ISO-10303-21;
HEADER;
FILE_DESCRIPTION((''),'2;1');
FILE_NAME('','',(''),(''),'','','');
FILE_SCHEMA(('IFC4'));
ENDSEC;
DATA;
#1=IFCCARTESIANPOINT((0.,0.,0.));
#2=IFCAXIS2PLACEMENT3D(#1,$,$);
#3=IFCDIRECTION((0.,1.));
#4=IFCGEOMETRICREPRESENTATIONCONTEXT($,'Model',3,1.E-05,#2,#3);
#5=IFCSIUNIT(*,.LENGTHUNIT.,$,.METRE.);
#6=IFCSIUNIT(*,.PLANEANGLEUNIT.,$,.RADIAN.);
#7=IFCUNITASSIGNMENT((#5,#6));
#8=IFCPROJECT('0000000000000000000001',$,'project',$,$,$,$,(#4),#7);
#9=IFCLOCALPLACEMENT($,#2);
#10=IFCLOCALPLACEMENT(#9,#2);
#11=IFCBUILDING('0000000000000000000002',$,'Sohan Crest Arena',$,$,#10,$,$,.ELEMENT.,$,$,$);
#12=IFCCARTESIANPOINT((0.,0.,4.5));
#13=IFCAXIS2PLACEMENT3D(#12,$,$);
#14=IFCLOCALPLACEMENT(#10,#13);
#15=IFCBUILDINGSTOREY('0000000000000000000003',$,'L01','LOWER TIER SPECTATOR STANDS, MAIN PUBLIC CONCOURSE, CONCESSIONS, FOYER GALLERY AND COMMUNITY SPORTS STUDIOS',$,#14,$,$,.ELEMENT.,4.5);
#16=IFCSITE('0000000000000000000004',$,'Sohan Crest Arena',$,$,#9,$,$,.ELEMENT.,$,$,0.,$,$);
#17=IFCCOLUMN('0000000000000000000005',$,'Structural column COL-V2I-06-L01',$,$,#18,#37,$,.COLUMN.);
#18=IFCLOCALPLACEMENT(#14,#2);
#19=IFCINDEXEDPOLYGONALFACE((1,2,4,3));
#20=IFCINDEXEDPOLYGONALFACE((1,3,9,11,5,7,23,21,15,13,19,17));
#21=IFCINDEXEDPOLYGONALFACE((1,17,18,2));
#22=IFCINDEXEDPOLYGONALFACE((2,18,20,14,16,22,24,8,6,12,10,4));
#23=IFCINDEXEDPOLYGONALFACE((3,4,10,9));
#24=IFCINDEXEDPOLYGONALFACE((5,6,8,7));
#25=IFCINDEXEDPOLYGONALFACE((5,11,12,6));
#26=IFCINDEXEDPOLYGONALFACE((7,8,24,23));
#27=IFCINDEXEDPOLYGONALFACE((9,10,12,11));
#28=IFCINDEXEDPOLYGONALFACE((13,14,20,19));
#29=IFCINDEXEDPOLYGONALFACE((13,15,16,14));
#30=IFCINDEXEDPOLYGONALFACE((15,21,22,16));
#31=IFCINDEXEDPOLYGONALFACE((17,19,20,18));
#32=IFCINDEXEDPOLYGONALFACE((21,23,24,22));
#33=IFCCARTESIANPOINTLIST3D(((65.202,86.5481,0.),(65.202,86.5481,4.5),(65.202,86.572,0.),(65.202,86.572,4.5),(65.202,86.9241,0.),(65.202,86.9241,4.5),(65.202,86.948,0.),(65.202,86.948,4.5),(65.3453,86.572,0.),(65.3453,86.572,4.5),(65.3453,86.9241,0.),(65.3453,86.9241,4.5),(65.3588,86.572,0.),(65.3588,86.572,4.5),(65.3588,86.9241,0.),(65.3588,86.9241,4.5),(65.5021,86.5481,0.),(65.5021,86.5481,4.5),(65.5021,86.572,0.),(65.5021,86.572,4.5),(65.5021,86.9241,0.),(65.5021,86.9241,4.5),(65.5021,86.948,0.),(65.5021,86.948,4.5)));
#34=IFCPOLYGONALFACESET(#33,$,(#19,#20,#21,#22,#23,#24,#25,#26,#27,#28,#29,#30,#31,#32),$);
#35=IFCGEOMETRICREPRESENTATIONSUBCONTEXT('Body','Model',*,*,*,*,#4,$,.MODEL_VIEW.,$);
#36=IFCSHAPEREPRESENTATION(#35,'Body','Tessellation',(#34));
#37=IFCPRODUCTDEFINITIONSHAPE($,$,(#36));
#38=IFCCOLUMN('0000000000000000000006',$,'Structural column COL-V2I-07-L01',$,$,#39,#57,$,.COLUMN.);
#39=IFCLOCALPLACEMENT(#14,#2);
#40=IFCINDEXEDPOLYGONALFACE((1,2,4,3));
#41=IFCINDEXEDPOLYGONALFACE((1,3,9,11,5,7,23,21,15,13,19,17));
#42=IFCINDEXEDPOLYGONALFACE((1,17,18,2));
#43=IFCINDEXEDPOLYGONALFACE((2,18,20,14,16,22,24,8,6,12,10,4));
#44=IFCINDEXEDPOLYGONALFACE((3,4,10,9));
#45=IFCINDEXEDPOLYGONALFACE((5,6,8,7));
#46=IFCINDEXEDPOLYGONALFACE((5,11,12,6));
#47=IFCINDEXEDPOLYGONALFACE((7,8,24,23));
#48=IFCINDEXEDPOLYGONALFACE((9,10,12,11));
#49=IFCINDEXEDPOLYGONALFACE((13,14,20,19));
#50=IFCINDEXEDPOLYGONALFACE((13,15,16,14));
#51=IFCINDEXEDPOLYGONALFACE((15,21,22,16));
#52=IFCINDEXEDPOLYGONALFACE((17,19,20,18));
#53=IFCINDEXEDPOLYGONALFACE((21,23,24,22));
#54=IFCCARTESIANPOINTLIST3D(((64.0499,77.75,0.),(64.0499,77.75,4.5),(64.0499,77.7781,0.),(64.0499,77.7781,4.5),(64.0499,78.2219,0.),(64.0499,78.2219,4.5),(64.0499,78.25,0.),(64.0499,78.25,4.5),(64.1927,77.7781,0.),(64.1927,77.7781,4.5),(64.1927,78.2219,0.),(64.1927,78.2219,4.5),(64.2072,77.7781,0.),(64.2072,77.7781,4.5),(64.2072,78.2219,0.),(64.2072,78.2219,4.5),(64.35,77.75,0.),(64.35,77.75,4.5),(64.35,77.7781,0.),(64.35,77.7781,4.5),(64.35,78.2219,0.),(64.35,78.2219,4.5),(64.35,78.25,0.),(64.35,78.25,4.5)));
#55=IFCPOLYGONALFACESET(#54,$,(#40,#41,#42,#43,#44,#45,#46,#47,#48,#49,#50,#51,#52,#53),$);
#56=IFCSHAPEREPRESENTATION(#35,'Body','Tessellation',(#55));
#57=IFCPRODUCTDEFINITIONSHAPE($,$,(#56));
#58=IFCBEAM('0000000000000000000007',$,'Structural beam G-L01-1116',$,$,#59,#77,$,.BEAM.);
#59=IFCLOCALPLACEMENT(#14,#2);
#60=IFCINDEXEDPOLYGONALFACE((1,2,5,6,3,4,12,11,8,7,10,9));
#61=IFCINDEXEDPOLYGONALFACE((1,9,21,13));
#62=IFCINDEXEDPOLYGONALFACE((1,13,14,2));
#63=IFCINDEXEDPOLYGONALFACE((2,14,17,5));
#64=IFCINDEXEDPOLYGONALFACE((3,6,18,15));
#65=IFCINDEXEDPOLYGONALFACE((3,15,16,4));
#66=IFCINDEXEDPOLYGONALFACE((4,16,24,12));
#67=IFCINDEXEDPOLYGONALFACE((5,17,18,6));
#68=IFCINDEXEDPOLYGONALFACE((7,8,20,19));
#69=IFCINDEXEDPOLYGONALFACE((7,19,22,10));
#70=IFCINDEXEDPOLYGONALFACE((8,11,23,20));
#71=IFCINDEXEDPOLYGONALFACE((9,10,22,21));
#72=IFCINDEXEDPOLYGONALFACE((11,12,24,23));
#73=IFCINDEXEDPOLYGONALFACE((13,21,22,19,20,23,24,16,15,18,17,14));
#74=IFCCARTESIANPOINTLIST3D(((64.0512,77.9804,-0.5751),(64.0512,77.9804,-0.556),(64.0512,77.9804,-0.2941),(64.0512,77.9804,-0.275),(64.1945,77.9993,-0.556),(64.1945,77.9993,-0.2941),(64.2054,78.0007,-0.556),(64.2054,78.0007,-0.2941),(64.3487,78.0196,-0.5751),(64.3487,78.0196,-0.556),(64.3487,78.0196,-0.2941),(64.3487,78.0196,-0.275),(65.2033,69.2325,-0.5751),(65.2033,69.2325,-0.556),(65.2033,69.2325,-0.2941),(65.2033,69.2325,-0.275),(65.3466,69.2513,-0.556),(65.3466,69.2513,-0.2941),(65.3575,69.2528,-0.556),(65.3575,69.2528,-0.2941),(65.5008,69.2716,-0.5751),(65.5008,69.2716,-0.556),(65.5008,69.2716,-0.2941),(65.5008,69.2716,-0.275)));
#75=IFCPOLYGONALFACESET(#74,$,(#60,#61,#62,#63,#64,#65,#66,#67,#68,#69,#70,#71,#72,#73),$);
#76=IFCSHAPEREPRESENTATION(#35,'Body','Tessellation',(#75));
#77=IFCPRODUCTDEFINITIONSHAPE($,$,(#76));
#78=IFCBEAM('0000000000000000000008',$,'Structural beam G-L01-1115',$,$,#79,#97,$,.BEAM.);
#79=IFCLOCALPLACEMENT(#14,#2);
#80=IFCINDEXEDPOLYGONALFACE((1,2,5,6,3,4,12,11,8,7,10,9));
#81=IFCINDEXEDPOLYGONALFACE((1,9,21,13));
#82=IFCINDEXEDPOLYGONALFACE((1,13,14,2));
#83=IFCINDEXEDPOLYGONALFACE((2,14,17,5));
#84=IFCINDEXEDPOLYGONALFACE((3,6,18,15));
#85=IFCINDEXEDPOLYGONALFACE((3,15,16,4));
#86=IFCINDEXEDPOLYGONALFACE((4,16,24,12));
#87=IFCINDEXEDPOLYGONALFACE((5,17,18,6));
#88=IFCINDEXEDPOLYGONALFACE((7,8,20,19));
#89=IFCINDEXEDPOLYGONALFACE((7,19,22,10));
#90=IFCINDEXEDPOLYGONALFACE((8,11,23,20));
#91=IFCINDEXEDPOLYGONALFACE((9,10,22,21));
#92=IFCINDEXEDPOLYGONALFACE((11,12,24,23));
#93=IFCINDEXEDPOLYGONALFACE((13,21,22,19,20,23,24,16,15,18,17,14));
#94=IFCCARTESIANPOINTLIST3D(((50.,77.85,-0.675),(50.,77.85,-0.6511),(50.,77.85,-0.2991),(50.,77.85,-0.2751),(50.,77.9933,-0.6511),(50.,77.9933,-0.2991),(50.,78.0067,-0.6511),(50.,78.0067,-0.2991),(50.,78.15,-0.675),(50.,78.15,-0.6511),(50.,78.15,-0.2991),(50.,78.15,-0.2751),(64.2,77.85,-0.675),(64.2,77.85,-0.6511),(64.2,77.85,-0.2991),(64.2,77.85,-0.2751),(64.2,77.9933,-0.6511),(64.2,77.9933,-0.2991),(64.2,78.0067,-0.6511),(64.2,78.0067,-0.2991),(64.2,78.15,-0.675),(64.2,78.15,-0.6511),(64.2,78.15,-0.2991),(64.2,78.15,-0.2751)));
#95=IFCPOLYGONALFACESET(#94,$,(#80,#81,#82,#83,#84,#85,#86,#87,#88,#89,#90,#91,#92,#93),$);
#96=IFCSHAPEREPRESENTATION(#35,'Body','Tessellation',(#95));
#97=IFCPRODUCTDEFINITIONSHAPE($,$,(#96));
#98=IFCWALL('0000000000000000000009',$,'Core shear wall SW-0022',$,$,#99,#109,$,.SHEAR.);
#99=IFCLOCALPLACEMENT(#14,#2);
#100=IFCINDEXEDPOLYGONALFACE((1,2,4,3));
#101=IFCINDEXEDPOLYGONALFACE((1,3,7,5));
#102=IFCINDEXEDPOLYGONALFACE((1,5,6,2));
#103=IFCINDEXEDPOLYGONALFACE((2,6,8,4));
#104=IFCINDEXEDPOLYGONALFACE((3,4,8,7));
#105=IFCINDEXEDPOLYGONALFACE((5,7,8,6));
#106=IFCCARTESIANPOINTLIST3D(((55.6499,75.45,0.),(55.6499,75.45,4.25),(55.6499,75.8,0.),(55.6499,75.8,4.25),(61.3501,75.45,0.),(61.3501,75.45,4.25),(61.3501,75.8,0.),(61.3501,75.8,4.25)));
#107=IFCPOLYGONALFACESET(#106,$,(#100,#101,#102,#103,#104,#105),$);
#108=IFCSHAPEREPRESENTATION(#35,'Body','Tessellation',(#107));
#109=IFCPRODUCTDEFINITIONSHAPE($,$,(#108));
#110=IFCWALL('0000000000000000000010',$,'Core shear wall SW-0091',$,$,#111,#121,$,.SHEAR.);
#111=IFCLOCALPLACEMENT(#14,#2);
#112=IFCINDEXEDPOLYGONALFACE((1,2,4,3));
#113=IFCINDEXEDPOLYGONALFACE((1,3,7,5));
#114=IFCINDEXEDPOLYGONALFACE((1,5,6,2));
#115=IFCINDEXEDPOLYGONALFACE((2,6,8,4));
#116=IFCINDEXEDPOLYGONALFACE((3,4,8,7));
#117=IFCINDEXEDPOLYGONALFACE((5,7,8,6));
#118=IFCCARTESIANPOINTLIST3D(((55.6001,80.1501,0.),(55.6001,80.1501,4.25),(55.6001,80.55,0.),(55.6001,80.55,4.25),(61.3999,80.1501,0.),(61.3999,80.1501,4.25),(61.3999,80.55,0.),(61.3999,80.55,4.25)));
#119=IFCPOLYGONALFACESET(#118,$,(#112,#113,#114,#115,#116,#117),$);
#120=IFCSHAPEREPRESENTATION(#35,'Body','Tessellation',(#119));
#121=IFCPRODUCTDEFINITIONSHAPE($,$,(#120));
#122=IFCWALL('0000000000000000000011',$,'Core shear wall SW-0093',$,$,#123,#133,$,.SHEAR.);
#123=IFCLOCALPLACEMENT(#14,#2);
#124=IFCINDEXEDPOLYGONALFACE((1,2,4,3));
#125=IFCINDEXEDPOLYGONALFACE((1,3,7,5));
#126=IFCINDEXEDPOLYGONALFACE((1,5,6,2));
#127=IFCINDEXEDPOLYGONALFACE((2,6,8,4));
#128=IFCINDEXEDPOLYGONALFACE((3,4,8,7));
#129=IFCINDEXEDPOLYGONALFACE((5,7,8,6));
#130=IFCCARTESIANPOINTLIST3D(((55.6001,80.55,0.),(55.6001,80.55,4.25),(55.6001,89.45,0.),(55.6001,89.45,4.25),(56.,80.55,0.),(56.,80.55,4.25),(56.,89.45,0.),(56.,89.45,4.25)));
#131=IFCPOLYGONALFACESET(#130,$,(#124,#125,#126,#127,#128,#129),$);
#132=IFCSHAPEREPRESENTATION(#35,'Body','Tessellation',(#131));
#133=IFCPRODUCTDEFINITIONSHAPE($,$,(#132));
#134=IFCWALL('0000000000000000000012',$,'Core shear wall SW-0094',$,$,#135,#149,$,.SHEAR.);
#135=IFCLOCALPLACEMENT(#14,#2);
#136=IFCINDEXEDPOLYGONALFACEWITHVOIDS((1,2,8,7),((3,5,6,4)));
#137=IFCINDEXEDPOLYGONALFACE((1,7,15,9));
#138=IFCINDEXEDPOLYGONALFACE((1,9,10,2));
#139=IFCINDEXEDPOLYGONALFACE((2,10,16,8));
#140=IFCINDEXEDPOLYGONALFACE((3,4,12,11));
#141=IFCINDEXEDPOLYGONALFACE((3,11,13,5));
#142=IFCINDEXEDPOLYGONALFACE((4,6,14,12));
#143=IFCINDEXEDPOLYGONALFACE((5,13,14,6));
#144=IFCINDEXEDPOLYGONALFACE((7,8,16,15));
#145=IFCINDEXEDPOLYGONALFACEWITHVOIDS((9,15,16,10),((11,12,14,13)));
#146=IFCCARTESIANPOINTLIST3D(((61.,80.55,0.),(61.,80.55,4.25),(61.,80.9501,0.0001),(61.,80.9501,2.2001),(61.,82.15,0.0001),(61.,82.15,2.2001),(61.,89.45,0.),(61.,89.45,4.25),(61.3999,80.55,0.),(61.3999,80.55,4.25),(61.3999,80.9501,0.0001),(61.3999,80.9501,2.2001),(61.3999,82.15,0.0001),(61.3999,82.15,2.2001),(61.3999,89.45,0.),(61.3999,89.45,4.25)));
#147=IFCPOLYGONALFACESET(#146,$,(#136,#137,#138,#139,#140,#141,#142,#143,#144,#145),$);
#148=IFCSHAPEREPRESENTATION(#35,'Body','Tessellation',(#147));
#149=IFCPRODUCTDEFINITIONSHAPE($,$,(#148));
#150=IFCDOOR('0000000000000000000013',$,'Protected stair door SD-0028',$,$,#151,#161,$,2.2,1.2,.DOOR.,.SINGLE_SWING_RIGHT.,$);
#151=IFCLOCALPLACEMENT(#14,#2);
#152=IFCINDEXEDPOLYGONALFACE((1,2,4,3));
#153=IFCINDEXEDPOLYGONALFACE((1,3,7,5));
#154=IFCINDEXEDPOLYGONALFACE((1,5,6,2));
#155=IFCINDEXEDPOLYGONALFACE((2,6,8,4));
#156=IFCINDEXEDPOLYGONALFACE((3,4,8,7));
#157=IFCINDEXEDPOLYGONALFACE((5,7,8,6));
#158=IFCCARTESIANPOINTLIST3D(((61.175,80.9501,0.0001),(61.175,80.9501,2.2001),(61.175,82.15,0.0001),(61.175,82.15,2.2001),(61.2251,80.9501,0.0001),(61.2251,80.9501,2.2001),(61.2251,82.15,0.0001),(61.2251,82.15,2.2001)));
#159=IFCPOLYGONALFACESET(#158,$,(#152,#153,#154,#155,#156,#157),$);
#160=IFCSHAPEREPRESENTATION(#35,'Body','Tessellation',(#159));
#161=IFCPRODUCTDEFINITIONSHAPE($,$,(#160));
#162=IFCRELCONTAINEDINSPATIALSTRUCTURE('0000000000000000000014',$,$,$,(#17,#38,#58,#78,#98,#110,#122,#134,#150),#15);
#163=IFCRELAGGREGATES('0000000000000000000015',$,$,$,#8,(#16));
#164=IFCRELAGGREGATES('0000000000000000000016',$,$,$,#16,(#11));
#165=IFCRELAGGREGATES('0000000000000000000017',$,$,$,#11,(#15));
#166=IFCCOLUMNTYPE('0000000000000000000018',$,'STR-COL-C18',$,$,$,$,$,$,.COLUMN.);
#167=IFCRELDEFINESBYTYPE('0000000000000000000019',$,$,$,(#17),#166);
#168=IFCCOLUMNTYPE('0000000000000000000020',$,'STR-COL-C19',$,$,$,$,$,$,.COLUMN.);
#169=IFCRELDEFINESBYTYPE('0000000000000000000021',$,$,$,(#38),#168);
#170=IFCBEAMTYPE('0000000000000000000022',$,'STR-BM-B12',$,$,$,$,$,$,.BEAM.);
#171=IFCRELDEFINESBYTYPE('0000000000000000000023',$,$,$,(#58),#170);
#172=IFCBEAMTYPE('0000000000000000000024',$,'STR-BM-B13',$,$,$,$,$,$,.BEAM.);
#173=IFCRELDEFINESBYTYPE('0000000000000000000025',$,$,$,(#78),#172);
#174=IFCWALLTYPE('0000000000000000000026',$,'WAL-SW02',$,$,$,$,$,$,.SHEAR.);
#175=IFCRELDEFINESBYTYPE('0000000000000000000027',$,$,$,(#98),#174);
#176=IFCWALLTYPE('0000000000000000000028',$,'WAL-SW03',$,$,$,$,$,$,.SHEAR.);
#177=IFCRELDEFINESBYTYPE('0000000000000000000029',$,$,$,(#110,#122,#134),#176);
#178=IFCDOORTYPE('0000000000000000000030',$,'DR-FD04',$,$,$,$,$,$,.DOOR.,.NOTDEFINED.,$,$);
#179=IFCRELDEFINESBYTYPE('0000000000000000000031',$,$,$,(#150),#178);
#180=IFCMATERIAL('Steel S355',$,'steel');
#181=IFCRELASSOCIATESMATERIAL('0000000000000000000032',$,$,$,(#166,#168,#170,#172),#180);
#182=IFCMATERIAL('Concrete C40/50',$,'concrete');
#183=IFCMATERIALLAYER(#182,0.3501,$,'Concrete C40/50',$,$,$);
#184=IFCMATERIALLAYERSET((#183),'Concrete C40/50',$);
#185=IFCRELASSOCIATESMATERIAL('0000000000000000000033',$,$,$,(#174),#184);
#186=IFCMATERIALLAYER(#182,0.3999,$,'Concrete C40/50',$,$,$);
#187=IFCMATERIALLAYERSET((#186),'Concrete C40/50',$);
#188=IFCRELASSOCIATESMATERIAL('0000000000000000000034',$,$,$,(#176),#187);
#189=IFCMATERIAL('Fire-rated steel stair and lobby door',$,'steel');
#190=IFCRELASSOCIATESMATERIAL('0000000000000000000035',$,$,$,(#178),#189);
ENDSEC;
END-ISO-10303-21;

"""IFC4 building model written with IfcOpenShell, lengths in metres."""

from ifc_helpers import new_model, si_unit, direction, frame, frame_2d, origin, origin_2d, place, context, subcontext, project, spatial, rectangle, i_section, extrude, material, layer, layer_set, material_profile, profile_set, type_object, element, fill, save


model = new_model("IFC4")

# Units and contexts
model_context = context("Model", 3, precision=1e-05, world=origin(), true_north=direction((0.0, 1.0)))
body_context = subcontext(model_context, "Body", "Model", "MODEL_VIEW")
ifc_project = project(units=[si_unit("LENGTHUNIT", "METRE"), si_unit("PLANEANGLEUNIT", "RADIAN")], contexts=[model_context])

# Site, building, storey
site_placement = place(None, origin())
site = spatial("IfcSite", under=ifc_project, at=site_placement, Name="Sohan Crest Arena", CompositionType="ELEMENT", RefElevation=0.0)
building_placement = place(site_placement, origin())
building = spatial("IfcBuilding", under=site, at=building_placement, Name="Sohan Crest Arena", CompositionType="ELEMENT")
storey_placement = place(building_placement, frame((0.0, 0.0, 4.5)))
storey = spatial("IfcBuildingStorey", under=building, at=storey_placement, Name="L01", Description="LOWER TIER SPECTATOR STANDS, MAIN PUBLIC CONCOURSE, CONCESSIONS, FOYER GALLERY AND COMMUNITY SPORTS STUDIOS", CompositionType="ELEMENT", Elevation=4.5)

# Columns
ifc_material_1 = material(Name="Steel S355", Category="steel")
ifc_material_profile_1 = material_profile(ifc_material_1, i_section(OverallWidth=0.3, OverallDepth=0.3999, WebThickness=0.0134, FlangeThickness=0.0239, at=origin_2d()), Name="HEB 400")
ifc_profile_set_1 = profile_set([ifc_material_profile_1], Name="Steel S355")
column_type_1 = type_object("IfcColumnType", Name="STR-COL-C18", PredefinedType="COLUMN", material=ifc_profile_set_1)
column_1_placement = place(storey_placement, frame((65.3521, 86.748, 0.0), z_axis=(0.0, 0.0, 1.0), x_axis=(1.0, 0.0, 0.0)))
element("IfcColumn", 1, at=column_1_placement, inside=storey, type_object=column_type_1, Name="Structural column COL-V2I-06-L01", PredefinedType="COLUMN", context=body_context, shape_type="SweptSolid", body=[
    extrude(i_section(OverallWidth=0.3, OverallDepth=0.3999, WebThickness=0.0134, FlangeThickness=0.0239, at=origin_2d()), origin(), (0.0, 0.0, 1.0), 4.5),
])
ifc_material_profile_2 = material_profile(ifc_material_1, i_section(OverallWidth=0.3, OverallDepth=0.5, WebThickness=0.0144, FlangeThickness=0.0281, at=origin_2d()), Name="HEB 500")
ifc_profile_set_2 = profile_set([ifc_material_profile_2], Name="Steel S355")
column_type_2 = type_object("IfcColumnType", Name="STR-COL-C19", PredefinedType="COLUMN", material=ifc_profile_set_2)
column_2_placement = place(storey_placement, frame((64.2, 78.0, 0.0), z_axis=(0.0, 0.0, 1.0), x_axis=(1.0, 0.0, 0.0)))
element("IfcColumn", 2, at=column_2_placement, inside=storey, type_object=column_type_2, Name="Structural column COL-V2I-07-L01", PredefinedType="COLUMN", context=body_context, shape_type="SweptSolid", body=[
    extrude(i_section(OverallWidth=0.3, OverallDepth=0.5, WebThickness=0.0144, FlangeThickness=0.0281, at=origin_2d()), origin(), (0.0, 0.0, 1.0), 4.5),
])

# Beams
ifc_material_profile_3 = material_profile(ifc_material_1, i_section(OverallWidth=0.3, OverallDepth=0.3, WebThickness=0.011, FlangeThickness=0.019, at=origin_2d()), Name="HEB 300")
ifc_profile_set_3 = profile_set([ifc_material_profile_3], Name="Steel S355")
beam_type_1 = type_object("IfcBeamType", Name="STR-BM-B12", PredefinedType="BEAM", material=ifc_profile_set_3)
beam_1_placement = place(storey_placement, frame((64.2, 78.0, -0.425), z_axis=(0.13057, -0.991439, 0.0), x_axis=(0.991439, 0.13057, 0.0)))
element("IfcBeam", 3, at=beam_1_placement, inside=storey, type_object=beam_type_1, Name="Structural beam G-L01-1116", PredefinedType="BEAM", context=body_context, shape_type="SweptSolid", body=[
    extrude(i_section(OverallWidth=0.3, OverallDepth=0.3, WebThickness=0.011, FlangeThickness=0.019, at=origin_2d()), origin(), (0.0, 0.0, 1.0), 8.8235),
])
ifc_material_profile_4 = material_profile(ifc_material_1, i_section(OverallWidth=0.3, OverallDepth=0.3999, WebThickness=0.0134, FlangeThickness=0.0239, at=origin_2d()), Name="HEB 400")
ifc_profile_set_4 = profile_set([ifc_material_profile_4], Name="Steel S355")
beam_type_2 = type_object("IfcBeamType", Name="STR-BM-B13", PredefinedType="BEAM", material=ifc_profile_set_4)
beam_2_placement = place(storey_placement, frame((64.2, 78.0, -0.4751), z_axis=(-1.0, 0.0, 0.0), x_axis=(0.0, -1.0, 0.0)))
element("IfcBeam", 4, at=beam_2_placement, inside=storey, type_object=beam_type_2, Name="Structural beam G-L01-1115", PredefinedType="BEAM", context=body_context, shape_type="SweptSolid", body=[
    extrude(i_section(OverallWidth=0.3, OverallDepth=0.3999, WebThickness=0.0134, FlangeThickness=0.0239, at=origin_2d()), origin(), (0.0, 0.0, 1.0), 14.2),
])

# Walls
ifc_material_2 = material(Name="Concrete C40/50", Category="concrete")
ifc_layer_1 = layer(ifc_material_2, 0.3501, Name="Concrete C40/50")
ifc_layer_set_1 = layer_set([ifc_layer_1], Name="Concrete C40/50")
wall_type_1 = type_object("IfcWallType", Name="WAL-SW02", PredefinedType="SHEAR", material=ifc_layer_set_1)
wall_1_placement = place(storey_placement, frame((55.6499, 75.625, 0.0), z_axis=(0.0, 0.0, 1.0), x_axis=(1.0, 0.0, 0.0)))
element("IfcWall", 5, at=wall_1_placement, inside=storey, type_object=wall_type_1, Name="Core shear wall SW-0022", PredefinedType="SHEAR", context=body_context, shape_type="SweptSolid", body=[
    extrude(rectangle(XDim=5.7002, YDim=0.3501, at=frame_2d((2.8501, 0.0))), origin(), (0.0, 0.0, 1.0), 4.25),
])
ifc_layer_2 = layer(ifc_material_2, 0.3999, Name="Concrete C40/50")
ifc_layer_set_2 = layer_set([ifc_layer_2], Name="Concrete C40/50")
wall_type_2 = type_object("IfcWallType", Name="WAL-SW03", PredefinedType="SHEAR", material=ifc_layer_set_2)
wall_2_placement = place(storey_placement, frame((55.6001, 80.3501, 0.0), z_axis=(0.0, 0.0, 1.0), x_axis=(1.0, 0.0, 0.0)))
element("IfcWall", 6, at=wall_2_placement, inside=storey, type_object=wall_type_2, Name="Core shear wall SW-0091", PredefinedType="SHEAR", context=body_context, shape_type="SweptSolid", body=[
    extrude(rectangle(XDim=5.7998, YDim=0.3999, at=frame_2d((2.8999, 0.0))), origin(), (0.0, 0.0, 1.0), 4.25),
])
wall_3_placement = place(storey_placement, frame((55.8, 80.55, 0.0), z_axis=(0.0, 0.0, 1.0), x_axis=(0.0, 1.0, 0.0)))
element("IfcWall", 7, at=wall_3_placement, inside=storey, type_object=wall_type_2, Name="Core shear wall SW-0093", PredefinedType="SHEAR", context=body_context, shape_type="SweptSolid", body=[
    extrude(rectangle(XDim=8.8999, YDim=0.3999, at=frame_2d((4.45, 0.0))), origin(), (0.0, 0.0, 1.0), 4.25),
])

# Wall, opening, door
wall_4_placement = place(storey_placement, frame((61.2, 80.55, 0.0), z_axis=(0.0, 0.0, 1.0), x_axis=(0.0, 1.0, 0.0)))
wall_4 = element("IfcWall", 8, at=wall_4_placement, inside=storey, type_object=wall_type_2, Name="Core shear wall SW-0094", PredefinedType="SHEAR", context=body_context, shape_type="SweptSolid", body=[
    extrude(rectangle(XDim=8.8999, YDim=0.3999, at=frame_2d((4.45, 0.0))), origin(), (0.0, 0.0, 1.0), 4.25),
])
opening_placement = place(wall_4_placement, frame((0.3999, 0.0, 0.0)))
opening = element("IfcOpeningElement", 9, at=opening_placement, cuts=wall_4, PredefinedType="OPENING", context=body_context, shape_type="SweptSolid", body=[
    extrude(rectangle(XDim=1.2, YDim=2.2, at=frame_2d((0.6001, 1.1001))), frame((0.0, 0.21, 0.0), z_axis=(0.0, -1.0, 0.0), x_axis=(1.0, 0.0, 0.0)), (0.0, 0.0, 1.0), 0.4199),
])
ifc_material_3 = material(Name="Fire-rated steel stair and lobby door", Category="steel")
door_type = type_object("IfcDoorType", Name="DR-FD04", OperationType="NOTDEFINED", PredefinedType="DOOR", material=ifc_material_3)
door_placement = place(opening_placement, origin())
door = element("IfcDoor", 10, at=door_placement, inside=storey, type_object=door_type, Name="Protected stair door SD-0028", OperationType="SINGLE_SWING_RIGHT", OverallHeight=2.2, OverallWidth=1.2, PredefinedType="DOOR", context=body_context, shape_type="SweptSolid", body=[
    extrude(rectangle(XDim=1.2, YDim=2.2, at=frame_2d((0.6001, 1.1001))), frame((0.0, 0.0249, 0.0), z_axis=(0.0, -1.0, 0.0), x_axis=(1.0, 0.0, 0.0)), (0.0, 0.0, 1.0), 0.05),
])
fill(opening, door)

save(model, "model.ifc")
